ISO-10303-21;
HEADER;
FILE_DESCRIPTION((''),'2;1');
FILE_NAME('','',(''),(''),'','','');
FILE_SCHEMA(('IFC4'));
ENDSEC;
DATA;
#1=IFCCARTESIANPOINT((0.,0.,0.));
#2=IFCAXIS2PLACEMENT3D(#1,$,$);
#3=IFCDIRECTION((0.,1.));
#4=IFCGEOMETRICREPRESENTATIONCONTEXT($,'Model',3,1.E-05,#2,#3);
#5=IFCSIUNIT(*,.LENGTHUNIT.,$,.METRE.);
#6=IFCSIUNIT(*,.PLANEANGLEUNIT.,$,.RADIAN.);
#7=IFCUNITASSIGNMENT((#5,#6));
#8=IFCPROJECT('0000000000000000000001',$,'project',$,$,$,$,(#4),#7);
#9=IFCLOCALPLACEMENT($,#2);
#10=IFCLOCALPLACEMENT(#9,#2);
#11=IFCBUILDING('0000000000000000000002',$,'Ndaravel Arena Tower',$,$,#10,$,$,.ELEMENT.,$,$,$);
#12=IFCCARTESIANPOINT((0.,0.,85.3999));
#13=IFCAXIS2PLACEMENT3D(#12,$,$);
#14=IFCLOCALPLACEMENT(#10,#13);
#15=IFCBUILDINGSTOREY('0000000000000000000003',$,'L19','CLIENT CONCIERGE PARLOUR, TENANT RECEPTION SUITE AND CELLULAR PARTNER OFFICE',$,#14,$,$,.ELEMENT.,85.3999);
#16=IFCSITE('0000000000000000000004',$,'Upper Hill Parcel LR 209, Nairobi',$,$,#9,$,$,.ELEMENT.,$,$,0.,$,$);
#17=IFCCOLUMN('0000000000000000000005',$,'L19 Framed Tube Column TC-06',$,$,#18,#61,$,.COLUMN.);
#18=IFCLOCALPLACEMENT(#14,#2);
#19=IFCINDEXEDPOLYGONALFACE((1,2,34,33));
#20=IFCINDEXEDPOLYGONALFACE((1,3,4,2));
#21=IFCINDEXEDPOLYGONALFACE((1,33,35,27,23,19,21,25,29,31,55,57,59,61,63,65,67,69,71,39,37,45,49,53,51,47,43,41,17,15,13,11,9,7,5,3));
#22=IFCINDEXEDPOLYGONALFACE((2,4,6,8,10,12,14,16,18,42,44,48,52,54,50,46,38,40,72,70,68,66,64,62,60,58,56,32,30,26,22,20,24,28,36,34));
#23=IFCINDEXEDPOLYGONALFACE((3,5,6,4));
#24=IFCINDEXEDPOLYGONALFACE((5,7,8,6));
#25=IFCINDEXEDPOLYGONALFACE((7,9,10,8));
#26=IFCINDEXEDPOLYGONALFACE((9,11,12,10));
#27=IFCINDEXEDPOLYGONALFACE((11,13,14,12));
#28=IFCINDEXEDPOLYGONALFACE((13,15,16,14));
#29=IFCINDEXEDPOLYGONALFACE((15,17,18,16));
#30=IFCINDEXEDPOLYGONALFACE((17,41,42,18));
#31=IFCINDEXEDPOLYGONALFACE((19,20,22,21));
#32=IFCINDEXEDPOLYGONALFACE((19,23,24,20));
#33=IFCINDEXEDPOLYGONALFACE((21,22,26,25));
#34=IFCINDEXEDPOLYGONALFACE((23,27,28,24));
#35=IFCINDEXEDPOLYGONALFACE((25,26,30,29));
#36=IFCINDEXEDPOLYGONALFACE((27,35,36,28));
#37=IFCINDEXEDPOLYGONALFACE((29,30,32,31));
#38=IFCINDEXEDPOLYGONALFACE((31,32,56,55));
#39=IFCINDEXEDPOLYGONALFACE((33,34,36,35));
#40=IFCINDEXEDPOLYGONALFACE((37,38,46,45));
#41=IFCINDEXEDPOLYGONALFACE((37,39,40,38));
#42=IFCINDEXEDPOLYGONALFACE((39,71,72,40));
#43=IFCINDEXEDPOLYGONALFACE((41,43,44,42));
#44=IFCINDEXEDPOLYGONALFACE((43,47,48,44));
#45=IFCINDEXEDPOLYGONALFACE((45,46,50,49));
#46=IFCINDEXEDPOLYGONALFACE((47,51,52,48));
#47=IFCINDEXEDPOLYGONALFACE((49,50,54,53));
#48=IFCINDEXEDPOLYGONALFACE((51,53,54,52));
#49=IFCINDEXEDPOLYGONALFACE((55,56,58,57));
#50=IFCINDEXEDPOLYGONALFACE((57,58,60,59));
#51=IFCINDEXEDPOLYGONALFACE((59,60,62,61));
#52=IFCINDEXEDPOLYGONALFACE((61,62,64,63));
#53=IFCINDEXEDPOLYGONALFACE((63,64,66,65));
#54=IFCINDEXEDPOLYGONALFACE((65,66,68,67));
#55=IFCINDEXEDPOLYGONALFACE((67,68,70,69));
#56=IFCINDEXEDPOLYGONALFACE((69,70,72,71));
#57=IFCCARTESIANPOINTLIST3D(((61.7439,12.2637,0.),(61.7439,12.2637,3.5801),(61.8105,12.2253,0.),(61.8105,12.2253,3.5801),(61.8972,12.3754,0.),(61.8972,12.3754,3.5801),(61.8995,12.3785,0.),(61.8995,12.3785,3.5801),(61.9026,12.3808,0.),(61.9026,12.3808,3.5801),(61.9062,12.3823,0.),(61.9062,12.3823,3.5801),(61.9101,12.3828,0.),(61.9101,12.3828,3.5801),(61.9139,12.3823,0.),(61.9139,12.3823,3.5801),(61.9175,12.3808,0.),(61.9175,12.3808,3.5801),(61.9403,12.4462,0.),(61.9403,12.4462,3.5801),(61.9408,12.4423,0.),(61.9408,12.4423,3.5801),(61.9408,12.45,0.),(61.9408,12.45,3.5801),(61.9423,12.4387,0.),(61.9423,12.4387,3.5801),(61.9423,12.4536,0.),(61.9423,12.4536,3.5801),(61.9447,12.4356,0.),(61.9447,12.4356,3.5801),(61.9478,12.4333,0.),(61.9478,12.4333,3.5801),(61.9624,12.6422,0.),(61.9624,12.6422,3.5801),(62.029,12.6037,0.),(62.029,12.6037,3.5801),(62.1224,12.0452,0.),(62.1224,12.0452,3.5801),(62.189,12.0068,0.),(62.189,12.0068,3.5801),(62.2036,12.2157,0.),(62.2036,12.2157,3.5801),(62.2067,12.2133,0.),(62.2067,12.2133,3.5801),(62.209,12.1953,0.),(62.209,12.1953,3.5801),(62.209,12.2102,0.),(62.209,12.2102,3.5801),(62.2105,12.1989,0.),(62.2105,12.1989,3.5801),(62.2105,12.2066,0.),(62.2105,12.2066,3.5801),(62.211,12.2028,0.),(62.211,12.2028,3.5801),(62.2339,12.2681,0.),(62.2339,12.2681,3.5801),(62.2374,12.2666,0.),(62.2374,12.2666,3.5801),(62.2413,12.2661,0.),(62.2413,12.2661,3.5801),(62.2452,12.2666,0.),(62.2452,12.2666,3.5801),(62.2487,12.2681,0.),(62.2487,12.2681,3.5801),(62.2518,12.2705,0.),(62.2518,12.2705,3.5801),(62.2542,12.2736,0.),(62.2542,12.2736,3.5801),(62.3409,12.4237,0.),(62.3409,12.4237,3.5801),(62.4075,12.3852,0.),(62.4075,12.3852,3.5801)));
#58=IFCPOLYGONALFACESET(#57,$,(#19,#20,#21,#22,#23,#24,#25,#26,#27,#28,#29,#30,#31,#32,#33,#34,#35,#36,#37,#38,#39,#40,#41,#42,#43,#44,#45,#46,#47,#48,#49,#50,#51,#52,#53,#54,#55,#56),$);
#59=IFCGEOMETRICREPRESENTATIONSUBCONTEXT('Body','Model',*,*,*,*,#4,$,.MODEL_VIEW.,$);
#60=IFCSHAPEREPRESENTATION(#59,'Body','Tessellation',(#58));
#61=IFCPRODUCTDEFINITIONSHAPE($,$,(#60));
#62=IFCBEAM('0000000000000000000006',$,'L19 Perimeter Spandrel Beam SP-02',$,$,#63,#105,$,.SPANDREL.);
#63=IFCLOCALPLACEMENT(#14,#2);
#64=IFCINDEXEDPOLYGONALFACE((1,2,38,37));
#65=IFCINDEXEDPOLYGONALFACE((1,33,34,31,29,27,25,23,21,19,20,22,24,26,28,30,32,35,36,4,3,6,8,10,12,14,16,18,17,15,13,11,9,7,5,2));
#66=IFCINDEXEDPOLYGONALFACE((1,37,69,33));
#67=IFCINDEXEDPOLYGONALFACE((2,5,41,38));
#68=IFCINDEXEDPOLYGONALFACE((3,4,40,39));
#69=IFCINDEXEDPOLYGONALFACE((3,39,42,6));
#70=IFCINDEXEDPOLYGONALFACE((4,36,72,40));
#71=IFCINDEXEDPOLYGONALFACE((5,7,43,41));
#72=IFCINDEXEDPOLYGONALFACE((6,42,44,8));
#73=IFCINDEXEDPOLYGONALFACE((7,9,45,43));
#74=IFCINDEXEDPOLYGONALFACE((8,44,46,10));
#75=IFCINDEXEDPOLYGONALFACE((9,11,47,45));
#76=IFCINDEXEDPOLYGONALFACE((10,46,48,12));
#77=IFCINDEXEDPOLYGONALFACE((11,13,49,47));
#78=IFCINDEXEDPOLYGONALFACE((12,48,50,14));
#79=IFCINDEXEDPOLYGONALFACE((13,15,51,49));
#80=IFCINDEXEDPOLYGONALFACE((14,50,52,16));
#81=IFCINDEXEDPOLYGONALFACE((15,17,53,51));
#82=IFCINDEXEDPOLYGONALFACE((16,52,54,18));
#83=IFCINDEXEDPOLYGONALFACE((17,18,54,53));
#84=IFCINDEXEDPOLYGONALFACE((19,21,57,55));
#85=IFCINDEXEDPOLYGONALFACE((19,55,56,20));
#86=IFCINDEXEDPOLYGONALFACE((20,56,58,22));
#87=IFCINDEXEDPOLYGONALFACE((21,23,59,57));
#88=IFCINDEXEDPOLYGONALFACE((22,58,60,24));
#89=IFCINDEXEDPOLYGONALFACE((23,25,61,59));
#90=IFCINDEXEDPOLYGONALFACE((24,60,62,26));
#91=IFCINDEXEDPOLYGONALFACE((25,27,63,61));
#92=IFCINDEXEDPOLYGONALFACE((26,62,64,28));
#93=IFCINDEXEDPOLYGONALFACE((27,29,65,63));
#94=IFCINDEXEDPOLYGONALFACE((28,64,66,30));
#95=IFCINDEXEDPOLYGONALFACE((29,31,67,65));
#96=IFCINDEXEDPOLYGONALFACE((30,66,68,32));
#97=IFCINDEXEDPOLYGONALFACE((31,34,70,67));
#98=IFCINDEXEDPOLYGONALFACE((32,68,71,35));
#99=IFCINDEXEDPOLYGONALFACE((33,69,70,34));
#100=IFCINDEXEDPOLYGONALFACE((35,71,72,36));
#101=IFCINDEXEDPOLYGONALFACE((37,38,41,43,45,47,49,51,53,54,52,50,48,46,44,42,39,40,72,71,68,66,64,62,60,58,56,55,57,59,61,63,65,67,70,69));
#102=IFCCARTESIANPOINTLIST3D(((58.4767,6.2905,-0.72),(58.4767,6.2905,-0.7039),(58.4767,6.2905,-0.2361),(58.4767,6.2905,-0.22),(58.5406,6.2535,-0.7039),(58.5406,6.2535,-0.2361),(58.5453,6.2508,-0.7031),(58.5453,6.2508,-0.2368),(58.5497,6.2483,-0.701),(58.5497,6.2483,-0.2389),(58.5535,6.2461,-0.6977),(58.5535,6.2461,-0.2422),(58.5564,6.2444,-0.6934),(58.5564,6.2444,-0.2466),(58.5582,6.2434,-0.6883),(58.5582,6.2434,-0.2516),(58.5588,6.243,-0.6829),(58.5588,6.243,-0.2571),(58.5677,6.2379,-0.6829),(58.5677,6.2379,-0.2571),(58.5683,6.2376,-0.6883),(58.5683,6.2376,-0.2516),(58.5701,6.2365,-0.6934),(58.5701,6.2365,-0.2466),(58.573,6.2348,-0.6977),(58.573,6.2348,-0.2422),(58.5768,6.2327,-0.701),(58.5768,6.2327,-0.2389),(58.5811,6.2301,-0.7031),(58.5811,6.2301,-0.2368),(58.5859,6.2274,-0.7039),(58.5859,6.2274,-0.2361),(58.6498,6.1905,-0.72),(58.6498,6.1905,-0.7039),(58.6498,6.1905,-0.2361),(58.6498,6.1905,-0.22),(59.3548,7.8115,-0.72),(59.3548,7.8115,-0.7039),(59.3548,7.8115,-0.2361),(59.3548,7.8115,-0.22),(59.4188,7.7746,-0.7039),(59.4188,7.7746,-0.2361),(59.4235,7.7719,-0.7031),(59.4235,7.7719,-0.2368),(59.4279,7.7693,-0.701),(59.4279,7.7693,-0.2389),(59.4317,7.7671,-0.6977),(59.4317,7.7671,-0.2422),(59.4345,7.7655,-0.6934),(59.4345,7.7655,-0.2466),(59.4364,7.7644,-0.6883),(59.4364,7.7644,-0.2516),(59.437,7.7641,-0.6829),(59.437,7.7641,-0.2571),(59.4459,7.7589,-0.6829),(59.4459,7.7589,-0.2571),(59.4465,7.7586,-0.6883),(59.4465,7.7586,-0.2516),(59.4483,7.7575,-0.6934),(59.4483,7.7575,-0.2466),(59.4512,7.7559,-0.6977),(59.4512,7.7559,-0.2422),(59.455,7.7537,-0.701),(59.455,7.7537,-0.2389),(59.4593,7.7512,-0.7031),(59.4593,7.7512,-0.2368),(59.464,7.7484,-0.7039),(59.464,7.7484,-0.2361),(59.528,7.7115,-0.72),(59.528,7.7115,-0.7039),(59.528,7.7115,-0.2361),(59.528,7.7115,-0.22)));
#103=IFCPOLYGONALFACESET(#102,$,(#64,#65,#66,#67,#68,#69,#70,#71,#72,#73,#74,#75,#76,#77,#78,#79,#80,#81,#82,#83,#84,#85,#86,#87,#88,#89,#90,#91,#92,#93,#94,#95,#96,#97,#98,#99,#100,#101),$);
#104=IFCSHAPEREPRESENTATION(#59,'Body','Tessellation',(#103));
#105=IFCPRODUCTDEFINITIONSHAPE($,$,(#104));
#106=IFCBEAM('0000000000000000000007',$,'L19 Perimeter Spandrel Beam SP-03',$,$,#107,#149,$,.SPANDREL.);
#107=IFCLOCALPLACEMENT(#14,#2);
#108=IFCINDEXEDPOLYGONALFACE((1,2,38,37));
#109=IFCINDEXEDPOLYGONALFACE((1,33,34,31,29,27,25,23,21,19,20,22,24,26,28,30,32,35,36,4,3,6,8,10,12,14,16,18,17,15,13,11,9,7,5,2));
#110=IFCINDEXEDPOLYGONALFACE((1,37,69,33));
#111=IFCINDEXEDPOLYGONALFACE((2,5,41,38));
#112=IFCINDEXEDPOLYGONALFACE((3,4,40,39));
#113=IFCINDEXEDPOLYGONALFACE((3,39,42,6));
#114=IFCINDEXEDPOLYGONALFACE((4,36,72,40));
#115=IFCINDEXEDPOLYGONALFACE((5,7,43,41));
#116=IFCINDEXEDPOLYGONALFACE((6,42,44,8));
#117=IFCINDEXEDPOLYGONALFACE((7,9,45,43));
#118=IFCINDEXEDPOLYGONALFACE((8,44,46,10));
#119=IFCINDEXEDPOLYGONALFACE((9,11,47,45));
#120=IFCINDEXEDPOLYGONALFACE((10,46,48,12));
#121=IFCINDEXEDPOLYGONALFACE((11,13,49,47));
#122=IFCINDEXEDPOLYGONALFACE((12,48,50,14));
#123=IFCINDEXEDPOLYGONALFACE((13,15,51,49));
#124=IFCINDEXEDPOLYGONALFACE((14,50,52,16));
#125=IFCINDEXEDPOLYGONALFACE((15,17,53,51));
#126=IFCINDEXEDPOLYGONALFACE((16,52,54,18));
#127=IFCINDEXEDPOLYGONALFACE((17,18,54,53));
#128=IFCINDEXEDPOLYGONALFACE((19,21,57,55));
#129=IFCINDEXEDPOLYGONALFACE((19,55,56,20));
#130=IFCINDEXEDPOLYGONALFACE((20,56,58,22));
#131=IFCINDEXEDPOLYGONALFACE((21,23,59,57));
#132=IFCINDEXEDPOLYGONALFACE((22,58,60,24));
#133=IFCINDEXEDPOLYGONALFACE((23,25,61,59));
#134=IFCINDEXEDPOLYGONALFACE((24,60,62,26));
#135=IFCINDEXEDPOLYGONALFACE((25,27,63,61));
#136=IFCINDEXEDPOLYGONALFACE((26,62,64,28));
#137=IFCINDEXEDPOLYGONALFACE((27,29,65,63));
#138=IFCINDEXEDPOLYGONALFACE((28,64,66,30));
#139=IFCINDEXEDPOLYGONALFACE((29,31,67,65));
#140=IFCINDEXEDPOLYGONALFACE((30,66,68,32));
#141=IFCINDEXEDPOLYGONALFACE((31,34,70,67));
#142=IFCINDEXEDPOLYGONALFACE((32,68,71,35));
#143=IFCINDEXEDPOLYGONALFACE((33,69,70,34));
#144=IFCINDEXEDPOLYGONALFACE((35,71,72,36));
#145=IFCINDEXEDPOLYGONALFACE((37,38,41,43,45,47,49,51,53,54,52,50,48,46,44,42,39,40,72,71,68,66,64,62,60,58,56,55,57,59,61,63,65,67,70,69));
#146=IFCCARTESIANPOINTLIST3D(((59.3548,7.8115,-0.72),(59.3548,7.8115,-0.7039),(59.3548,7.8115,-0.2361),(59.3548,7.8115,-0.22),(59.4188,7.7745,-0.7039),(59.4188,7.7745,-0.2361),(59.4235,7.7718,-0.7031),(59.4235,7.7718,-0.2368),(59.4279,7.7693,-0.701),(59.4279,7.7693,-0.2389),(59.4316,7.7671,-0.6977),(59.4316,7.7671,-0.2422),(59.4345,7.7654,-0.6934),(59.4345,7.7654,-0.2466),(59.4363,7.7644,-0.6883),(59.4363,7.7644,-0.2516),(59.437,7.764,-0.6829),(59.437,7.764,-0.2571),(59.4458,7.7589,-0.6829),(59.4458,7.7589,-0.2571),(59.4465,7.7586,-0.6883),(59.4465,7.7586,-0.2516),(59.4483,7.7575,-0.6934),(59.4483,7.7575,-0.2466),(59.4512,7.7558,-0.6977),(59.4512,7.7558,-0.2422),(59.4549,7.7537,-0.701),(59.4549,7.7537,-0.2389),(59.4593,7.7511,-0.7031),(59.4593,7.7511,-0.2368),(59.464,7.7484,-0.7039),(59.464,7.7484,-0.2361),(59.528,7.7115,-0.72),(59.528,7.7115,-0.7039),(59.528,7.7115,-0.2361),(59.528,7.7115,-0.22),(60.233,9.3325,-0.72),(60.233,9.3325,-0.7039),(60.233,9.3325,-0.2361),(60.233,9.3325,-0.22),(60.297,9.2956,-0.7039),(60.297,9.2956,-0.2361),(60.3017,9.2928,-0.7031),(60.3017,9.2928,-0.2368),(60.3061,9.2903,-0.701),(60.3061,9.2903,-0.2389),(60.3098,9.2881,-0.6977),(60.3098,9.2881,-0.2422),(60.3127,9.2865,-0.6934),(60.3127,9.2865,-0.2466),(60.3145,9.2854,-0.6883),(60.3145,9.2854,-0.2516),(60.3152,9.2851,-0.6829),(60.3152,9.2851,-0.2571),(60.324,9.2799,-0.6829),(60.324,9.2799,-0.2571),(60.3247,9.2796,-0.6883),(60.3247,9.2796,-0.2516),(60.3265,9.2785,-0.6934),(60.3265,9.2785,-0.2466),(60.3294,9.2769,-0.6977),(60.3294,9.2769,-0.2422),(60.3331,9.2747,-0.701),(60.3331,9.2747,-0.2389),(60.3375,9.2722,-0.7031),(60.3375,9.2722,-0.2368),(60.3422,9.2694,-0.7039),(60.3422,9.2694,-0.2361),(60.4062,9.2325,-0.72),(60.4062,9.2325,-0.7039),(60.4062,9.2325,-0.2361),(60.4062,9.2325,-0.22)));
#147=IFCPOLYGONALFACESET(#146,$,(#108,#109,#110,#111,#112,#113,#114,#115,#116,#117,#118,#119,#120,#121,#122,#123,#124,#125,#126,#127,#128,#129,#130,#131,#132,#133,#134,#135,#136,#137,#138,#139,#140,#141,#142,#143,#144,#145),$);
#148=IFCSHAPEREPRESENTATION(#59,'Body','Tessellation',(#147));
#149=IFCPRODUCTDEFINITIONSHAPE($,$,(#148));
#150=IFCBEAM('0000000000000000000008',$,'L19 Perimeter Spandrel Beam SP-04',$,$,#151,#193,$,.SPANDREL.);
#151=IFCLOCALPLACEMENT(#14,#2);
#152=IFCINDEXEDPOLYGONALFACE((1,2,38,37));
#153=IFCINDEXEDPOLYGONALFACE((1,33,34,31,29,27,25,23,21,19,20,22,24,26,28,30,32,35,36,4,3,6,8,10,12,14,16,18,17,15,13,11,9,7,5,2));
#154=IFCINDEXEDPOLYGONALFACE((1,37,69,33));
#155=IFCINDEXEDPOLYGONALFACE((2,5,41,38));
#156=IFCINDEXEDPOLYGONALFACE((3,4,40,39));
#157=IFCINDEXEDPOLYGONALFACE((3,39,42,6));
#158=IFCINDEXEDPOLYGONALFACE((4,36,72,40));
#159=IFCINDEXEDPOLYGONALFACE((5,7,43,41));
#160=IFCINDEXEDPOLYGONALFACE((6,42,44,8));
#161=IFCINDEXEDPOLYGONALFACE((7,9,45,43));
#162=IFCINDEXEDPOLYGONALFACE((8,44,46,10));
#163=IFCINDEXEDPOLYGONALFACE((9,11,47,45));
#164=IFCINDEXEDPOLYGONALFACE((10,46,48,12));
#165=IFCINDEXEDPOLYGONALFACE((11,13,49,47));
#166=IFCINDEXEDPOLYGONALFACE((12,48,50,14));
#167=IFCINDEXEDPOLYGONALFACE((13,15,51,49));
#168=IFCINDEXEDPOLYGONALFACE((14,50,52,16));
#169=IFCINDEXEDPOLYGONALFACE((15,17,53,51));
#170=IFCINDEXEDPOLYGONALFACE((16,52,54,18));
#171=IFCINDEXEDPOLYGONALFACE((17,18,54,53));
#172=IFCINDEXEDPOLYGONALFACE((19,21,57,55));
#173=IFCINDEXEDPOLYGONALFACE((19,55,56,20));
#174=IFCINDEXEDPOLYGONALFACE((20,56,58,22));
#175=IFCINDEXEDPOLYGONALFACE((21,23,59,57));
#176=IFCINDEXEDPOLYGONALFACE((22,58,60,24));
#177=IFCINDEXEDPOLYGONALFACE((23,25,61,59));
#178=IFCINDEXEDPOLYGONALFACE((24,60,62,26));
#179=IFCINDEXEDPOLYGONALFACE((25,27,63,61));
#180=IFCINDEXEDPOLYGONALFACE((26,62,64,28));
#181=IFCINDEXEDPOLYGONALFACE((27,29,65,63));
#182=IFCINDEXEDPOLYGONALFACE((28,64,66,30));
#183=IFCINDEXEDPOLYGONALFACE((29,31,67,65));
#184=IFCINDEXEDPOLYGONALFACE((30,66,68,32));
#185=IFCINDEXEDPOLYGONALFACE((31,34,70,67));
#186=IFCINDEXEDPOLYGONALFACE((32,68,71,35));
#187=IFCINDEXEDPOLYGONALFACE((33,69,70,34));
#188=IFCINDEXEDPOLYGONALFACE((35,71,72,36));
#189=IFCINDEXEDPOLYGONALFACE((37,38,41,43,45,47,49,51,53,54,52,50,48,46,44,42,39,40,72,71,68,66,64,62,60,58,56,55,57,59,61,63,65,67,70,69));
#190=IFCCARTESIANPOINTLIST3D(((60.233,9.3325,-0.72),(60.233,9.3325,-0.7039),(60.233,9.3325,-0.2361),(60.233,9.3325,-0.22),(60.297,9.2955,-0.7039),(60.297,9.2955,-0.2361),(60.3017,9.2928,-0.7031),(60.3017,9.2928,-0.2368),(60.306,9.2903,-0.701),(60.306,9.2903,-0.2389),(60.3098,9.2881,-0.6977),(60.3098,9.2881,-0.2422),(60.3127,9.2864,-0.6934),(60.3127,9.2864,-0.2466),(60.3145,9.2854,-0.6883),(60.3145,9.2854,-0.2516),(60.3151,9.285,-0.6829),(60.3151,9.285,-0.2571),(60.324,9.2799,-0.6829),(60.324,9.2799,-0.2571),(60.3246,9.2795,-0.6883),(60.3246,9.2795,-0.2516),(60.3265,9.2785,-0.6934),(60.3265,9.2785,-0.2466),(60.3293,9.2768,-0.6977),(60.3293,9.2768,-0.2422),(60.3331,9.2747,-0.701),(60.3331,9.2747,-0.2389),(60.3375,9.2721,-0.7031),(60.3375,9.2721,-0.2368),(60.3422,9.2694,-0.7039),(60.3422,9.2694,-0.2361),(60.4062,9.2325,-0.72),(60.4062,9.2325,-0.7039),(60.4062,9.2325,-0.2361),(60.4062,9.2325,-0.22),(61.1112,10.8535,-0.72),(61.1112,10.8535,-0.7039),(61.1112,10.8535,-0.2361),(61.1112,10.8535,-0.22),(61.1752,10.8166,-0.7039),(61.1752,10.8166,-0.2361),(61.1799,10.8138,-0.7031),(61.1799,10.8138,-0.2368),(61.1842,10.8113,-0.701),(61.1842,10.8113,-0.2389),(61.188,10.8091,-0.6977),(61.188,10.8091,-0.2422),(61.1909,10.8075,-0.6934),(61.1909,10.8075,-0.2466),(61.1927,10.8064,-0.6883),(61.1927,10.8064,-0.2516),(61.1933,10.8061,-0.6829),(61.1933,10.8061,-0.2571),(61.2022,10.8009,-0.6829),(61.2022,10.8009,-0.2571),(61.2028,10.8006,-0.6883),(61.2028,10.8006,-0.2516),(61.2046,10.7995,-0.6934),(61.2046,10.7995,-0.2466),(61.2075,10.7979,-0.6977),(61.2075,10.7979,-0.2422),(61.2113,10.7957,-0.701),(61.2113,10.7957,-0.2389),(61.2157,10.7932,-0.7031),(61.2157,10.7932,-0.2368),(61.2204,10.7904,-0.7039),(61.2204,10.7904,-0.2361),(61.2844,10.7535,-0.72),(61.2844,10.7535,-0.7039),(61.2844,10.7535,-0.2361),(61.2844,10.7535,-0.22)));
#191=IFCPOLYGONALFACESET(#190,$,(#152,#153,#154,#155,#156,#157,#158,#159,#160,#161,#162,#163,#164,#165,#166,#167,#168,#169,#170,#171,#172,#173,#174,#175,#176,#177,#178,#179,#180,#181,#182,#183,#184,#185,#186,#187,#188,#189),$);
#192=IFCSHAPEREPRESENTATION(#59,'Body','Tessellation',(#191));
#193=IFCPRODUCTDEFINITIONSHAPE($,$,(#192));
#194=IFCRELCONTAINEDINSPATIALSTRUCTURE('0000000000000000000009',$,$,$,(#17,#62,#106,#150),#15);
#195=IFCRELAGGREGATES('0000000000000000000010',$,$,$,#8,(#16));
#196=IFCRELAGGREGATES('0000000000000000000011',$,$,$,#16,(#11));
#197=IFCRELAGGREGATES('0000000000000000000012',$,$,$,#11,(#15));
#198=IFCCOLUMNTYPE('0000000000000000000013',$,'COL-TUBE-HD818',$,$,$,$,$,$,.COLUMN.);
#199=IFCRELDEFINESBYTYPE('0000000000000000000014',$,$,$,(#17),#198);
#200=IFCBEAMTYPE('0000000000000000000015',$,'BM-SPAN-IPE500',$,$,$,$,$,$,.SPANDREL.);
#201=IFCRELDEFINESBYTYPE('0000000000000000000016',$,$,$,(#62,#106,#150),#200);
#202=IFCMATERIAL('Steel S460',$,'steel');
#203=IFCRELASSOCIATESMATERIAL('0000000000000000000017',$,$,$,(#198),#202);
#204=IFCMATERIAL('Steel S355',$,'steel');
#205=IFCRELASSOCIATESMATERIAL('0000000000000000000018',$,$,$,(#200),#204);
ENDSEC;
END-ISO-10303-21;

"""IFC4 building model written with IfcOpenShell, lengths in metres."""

from ifc_helpers import new_model, si_unit, direction, frame, origin, origin_2d, place, context, subcontext, project, spatial, i_section, extrude, material, material_profile, profile_set, type_object, element, save


model = new_model("IFC4")

# Units and contexts
model_context = context("Model", 3, precision=1e-05, world=origin(), true_north=direction((0.0, 1.0)))
body_context = subcontext(model_context, "Body", "Model", "MODEL_VIEW")
ifc_project = project(units=[si_unit("LENGTHUNIT", "METRE"), si_unit("PLANEANGLEUNIT", "RADIAN")], contexts=[model_context])

# Site, building, storey
site_placement = place(None, origin())
site = spatial("IfcSite", under=ifc_project, at=site_placement, Name="Upper Hill Parcel LR 209, Nairobi", CompositionType="ELEMENT", RefElevation=0.0)
building_placement = place(site_placement, origin())
building = spatial("IfcBuilding", under=site, at=building_placement, Name="Ndaravel Arena Tower", CompositionType="ELEMENT")
storey_placement = place(building_placement, frame((0.0, 0.0, 85.3999)))
storey = spatial("IfcBuildingStorey", under=building, at=storey_placement, Name="L19", Description="CLIENT CONCIERGE PARLOUR, TENANT RECEPTION SUITE AND CELLULAR PARTNER OFFICE", CompositionType="ELEMENT", Elevation=85.3999)

# Column
ifc_material_1 = material(Name="Steel S460", Category="steel")
ifc_material_profile_1 = material_profile(ifc_material_1, i_section(OverallWidth=0.437, OverallDepth=0.5139, WebThickness=0.0605, FlangeThickness=0.0769, FilletRadius=0.0149, at=origin_2d()), Name="HD 400x818")
ifc_profile_set_1 = profile_set([ifc_material_profile_1], Name="Steel S460")
column_type = type_object("IfcColumnType", Name="COL-TUBE-HD818", PredefinedType="COLUMN", material=ifc_profile_set_1)
for number, where, z_axis, x_axis, name in (
    (1, (62.0757, 12.3245, 0.0), (0.0, 0.0, 1.0), (0.5, 0.866025, 0.0), "L19 Framed Tube Column TC-06"),
):
    element("IfcColumn", number, at=place(storey_placement, frame(where, z_axis=z_axis, x_axis=x_axis)), inside=storey, type_object=column_type, Name=name, PredefinedType="COLUMN", context=body_context, shape_type="SweptSolid", body=[
        extrude(i_section(OverallWidth=0.437, OverallDepth=0.5139, WebThickness=0.0605, FlangeThickness=0.0769, FilletRadius=0.0149, at=origin_2d()), origin(), (0.0, 0.0, 1.0), 3.5801),
    ])

# Beams
ifc_material_2 = material(Name="Steel S355", Category="steel")
ifc_material_profile_2 = material_profile(ifc_material_2, i_section(OverallWidth=0.2, OverallDepth=0.5, WebThickness=0.0103, FlangeThickness=0.0161, FilletRadius=0.021, at=origin_2d()), Name="IPE 500")
ifc_profile_set_2 = profile_set([ifc_material_profile_2], Name="Steel S355")
beam_type = type_object("IfcBeamType", Name="BM-SPAN-IPE500", PredefinedType="SPANDREL", material=ifc_profile_set_2)
for number, where, z_axis, x_axis, name in (
    (2, (58.5632, 6.2405, -0.47), (0.500011, 0.866019, 0.0), (-0.866019, 0.500011, 0.0), "L19 Perimeter Spandrel Beam SP-02"),
    (3, (59.4414, 7.7615, -0.47), (0.500011, 0.866019, 0.0), (-0.866019, 0.500011, 0.0), "L19 Perimeter Spandrel Beam SP-03"),
    (4, (60.3196, 9.2825, -0.47), (0.500011, 0.866019, 0.0), (-0.866019, 0.500011, 0.0), "L19 Perimeter Spandrel Beam SP-04"),
):
    element("IfcBeam", number, at=place(storey_placement, frame(where, z_axis=z_axis, x_axis=x_axis)), inside=storey, type_object=beam_type, Name=name, PredefinedType="SPANDREL", context=body_context, shape_type="SweptSolid", body=[
        extrude(i_section(OverallWidth=0.2, OverallDepth=0.5, WebThickness=0.0103, FlangeThickness=0.0161, FilletRadius=0.021, at=origin_2d()), origin(), (0.0, 0.0, 1.0), 1.7563),
    ])

save(model, "model.ifc")
